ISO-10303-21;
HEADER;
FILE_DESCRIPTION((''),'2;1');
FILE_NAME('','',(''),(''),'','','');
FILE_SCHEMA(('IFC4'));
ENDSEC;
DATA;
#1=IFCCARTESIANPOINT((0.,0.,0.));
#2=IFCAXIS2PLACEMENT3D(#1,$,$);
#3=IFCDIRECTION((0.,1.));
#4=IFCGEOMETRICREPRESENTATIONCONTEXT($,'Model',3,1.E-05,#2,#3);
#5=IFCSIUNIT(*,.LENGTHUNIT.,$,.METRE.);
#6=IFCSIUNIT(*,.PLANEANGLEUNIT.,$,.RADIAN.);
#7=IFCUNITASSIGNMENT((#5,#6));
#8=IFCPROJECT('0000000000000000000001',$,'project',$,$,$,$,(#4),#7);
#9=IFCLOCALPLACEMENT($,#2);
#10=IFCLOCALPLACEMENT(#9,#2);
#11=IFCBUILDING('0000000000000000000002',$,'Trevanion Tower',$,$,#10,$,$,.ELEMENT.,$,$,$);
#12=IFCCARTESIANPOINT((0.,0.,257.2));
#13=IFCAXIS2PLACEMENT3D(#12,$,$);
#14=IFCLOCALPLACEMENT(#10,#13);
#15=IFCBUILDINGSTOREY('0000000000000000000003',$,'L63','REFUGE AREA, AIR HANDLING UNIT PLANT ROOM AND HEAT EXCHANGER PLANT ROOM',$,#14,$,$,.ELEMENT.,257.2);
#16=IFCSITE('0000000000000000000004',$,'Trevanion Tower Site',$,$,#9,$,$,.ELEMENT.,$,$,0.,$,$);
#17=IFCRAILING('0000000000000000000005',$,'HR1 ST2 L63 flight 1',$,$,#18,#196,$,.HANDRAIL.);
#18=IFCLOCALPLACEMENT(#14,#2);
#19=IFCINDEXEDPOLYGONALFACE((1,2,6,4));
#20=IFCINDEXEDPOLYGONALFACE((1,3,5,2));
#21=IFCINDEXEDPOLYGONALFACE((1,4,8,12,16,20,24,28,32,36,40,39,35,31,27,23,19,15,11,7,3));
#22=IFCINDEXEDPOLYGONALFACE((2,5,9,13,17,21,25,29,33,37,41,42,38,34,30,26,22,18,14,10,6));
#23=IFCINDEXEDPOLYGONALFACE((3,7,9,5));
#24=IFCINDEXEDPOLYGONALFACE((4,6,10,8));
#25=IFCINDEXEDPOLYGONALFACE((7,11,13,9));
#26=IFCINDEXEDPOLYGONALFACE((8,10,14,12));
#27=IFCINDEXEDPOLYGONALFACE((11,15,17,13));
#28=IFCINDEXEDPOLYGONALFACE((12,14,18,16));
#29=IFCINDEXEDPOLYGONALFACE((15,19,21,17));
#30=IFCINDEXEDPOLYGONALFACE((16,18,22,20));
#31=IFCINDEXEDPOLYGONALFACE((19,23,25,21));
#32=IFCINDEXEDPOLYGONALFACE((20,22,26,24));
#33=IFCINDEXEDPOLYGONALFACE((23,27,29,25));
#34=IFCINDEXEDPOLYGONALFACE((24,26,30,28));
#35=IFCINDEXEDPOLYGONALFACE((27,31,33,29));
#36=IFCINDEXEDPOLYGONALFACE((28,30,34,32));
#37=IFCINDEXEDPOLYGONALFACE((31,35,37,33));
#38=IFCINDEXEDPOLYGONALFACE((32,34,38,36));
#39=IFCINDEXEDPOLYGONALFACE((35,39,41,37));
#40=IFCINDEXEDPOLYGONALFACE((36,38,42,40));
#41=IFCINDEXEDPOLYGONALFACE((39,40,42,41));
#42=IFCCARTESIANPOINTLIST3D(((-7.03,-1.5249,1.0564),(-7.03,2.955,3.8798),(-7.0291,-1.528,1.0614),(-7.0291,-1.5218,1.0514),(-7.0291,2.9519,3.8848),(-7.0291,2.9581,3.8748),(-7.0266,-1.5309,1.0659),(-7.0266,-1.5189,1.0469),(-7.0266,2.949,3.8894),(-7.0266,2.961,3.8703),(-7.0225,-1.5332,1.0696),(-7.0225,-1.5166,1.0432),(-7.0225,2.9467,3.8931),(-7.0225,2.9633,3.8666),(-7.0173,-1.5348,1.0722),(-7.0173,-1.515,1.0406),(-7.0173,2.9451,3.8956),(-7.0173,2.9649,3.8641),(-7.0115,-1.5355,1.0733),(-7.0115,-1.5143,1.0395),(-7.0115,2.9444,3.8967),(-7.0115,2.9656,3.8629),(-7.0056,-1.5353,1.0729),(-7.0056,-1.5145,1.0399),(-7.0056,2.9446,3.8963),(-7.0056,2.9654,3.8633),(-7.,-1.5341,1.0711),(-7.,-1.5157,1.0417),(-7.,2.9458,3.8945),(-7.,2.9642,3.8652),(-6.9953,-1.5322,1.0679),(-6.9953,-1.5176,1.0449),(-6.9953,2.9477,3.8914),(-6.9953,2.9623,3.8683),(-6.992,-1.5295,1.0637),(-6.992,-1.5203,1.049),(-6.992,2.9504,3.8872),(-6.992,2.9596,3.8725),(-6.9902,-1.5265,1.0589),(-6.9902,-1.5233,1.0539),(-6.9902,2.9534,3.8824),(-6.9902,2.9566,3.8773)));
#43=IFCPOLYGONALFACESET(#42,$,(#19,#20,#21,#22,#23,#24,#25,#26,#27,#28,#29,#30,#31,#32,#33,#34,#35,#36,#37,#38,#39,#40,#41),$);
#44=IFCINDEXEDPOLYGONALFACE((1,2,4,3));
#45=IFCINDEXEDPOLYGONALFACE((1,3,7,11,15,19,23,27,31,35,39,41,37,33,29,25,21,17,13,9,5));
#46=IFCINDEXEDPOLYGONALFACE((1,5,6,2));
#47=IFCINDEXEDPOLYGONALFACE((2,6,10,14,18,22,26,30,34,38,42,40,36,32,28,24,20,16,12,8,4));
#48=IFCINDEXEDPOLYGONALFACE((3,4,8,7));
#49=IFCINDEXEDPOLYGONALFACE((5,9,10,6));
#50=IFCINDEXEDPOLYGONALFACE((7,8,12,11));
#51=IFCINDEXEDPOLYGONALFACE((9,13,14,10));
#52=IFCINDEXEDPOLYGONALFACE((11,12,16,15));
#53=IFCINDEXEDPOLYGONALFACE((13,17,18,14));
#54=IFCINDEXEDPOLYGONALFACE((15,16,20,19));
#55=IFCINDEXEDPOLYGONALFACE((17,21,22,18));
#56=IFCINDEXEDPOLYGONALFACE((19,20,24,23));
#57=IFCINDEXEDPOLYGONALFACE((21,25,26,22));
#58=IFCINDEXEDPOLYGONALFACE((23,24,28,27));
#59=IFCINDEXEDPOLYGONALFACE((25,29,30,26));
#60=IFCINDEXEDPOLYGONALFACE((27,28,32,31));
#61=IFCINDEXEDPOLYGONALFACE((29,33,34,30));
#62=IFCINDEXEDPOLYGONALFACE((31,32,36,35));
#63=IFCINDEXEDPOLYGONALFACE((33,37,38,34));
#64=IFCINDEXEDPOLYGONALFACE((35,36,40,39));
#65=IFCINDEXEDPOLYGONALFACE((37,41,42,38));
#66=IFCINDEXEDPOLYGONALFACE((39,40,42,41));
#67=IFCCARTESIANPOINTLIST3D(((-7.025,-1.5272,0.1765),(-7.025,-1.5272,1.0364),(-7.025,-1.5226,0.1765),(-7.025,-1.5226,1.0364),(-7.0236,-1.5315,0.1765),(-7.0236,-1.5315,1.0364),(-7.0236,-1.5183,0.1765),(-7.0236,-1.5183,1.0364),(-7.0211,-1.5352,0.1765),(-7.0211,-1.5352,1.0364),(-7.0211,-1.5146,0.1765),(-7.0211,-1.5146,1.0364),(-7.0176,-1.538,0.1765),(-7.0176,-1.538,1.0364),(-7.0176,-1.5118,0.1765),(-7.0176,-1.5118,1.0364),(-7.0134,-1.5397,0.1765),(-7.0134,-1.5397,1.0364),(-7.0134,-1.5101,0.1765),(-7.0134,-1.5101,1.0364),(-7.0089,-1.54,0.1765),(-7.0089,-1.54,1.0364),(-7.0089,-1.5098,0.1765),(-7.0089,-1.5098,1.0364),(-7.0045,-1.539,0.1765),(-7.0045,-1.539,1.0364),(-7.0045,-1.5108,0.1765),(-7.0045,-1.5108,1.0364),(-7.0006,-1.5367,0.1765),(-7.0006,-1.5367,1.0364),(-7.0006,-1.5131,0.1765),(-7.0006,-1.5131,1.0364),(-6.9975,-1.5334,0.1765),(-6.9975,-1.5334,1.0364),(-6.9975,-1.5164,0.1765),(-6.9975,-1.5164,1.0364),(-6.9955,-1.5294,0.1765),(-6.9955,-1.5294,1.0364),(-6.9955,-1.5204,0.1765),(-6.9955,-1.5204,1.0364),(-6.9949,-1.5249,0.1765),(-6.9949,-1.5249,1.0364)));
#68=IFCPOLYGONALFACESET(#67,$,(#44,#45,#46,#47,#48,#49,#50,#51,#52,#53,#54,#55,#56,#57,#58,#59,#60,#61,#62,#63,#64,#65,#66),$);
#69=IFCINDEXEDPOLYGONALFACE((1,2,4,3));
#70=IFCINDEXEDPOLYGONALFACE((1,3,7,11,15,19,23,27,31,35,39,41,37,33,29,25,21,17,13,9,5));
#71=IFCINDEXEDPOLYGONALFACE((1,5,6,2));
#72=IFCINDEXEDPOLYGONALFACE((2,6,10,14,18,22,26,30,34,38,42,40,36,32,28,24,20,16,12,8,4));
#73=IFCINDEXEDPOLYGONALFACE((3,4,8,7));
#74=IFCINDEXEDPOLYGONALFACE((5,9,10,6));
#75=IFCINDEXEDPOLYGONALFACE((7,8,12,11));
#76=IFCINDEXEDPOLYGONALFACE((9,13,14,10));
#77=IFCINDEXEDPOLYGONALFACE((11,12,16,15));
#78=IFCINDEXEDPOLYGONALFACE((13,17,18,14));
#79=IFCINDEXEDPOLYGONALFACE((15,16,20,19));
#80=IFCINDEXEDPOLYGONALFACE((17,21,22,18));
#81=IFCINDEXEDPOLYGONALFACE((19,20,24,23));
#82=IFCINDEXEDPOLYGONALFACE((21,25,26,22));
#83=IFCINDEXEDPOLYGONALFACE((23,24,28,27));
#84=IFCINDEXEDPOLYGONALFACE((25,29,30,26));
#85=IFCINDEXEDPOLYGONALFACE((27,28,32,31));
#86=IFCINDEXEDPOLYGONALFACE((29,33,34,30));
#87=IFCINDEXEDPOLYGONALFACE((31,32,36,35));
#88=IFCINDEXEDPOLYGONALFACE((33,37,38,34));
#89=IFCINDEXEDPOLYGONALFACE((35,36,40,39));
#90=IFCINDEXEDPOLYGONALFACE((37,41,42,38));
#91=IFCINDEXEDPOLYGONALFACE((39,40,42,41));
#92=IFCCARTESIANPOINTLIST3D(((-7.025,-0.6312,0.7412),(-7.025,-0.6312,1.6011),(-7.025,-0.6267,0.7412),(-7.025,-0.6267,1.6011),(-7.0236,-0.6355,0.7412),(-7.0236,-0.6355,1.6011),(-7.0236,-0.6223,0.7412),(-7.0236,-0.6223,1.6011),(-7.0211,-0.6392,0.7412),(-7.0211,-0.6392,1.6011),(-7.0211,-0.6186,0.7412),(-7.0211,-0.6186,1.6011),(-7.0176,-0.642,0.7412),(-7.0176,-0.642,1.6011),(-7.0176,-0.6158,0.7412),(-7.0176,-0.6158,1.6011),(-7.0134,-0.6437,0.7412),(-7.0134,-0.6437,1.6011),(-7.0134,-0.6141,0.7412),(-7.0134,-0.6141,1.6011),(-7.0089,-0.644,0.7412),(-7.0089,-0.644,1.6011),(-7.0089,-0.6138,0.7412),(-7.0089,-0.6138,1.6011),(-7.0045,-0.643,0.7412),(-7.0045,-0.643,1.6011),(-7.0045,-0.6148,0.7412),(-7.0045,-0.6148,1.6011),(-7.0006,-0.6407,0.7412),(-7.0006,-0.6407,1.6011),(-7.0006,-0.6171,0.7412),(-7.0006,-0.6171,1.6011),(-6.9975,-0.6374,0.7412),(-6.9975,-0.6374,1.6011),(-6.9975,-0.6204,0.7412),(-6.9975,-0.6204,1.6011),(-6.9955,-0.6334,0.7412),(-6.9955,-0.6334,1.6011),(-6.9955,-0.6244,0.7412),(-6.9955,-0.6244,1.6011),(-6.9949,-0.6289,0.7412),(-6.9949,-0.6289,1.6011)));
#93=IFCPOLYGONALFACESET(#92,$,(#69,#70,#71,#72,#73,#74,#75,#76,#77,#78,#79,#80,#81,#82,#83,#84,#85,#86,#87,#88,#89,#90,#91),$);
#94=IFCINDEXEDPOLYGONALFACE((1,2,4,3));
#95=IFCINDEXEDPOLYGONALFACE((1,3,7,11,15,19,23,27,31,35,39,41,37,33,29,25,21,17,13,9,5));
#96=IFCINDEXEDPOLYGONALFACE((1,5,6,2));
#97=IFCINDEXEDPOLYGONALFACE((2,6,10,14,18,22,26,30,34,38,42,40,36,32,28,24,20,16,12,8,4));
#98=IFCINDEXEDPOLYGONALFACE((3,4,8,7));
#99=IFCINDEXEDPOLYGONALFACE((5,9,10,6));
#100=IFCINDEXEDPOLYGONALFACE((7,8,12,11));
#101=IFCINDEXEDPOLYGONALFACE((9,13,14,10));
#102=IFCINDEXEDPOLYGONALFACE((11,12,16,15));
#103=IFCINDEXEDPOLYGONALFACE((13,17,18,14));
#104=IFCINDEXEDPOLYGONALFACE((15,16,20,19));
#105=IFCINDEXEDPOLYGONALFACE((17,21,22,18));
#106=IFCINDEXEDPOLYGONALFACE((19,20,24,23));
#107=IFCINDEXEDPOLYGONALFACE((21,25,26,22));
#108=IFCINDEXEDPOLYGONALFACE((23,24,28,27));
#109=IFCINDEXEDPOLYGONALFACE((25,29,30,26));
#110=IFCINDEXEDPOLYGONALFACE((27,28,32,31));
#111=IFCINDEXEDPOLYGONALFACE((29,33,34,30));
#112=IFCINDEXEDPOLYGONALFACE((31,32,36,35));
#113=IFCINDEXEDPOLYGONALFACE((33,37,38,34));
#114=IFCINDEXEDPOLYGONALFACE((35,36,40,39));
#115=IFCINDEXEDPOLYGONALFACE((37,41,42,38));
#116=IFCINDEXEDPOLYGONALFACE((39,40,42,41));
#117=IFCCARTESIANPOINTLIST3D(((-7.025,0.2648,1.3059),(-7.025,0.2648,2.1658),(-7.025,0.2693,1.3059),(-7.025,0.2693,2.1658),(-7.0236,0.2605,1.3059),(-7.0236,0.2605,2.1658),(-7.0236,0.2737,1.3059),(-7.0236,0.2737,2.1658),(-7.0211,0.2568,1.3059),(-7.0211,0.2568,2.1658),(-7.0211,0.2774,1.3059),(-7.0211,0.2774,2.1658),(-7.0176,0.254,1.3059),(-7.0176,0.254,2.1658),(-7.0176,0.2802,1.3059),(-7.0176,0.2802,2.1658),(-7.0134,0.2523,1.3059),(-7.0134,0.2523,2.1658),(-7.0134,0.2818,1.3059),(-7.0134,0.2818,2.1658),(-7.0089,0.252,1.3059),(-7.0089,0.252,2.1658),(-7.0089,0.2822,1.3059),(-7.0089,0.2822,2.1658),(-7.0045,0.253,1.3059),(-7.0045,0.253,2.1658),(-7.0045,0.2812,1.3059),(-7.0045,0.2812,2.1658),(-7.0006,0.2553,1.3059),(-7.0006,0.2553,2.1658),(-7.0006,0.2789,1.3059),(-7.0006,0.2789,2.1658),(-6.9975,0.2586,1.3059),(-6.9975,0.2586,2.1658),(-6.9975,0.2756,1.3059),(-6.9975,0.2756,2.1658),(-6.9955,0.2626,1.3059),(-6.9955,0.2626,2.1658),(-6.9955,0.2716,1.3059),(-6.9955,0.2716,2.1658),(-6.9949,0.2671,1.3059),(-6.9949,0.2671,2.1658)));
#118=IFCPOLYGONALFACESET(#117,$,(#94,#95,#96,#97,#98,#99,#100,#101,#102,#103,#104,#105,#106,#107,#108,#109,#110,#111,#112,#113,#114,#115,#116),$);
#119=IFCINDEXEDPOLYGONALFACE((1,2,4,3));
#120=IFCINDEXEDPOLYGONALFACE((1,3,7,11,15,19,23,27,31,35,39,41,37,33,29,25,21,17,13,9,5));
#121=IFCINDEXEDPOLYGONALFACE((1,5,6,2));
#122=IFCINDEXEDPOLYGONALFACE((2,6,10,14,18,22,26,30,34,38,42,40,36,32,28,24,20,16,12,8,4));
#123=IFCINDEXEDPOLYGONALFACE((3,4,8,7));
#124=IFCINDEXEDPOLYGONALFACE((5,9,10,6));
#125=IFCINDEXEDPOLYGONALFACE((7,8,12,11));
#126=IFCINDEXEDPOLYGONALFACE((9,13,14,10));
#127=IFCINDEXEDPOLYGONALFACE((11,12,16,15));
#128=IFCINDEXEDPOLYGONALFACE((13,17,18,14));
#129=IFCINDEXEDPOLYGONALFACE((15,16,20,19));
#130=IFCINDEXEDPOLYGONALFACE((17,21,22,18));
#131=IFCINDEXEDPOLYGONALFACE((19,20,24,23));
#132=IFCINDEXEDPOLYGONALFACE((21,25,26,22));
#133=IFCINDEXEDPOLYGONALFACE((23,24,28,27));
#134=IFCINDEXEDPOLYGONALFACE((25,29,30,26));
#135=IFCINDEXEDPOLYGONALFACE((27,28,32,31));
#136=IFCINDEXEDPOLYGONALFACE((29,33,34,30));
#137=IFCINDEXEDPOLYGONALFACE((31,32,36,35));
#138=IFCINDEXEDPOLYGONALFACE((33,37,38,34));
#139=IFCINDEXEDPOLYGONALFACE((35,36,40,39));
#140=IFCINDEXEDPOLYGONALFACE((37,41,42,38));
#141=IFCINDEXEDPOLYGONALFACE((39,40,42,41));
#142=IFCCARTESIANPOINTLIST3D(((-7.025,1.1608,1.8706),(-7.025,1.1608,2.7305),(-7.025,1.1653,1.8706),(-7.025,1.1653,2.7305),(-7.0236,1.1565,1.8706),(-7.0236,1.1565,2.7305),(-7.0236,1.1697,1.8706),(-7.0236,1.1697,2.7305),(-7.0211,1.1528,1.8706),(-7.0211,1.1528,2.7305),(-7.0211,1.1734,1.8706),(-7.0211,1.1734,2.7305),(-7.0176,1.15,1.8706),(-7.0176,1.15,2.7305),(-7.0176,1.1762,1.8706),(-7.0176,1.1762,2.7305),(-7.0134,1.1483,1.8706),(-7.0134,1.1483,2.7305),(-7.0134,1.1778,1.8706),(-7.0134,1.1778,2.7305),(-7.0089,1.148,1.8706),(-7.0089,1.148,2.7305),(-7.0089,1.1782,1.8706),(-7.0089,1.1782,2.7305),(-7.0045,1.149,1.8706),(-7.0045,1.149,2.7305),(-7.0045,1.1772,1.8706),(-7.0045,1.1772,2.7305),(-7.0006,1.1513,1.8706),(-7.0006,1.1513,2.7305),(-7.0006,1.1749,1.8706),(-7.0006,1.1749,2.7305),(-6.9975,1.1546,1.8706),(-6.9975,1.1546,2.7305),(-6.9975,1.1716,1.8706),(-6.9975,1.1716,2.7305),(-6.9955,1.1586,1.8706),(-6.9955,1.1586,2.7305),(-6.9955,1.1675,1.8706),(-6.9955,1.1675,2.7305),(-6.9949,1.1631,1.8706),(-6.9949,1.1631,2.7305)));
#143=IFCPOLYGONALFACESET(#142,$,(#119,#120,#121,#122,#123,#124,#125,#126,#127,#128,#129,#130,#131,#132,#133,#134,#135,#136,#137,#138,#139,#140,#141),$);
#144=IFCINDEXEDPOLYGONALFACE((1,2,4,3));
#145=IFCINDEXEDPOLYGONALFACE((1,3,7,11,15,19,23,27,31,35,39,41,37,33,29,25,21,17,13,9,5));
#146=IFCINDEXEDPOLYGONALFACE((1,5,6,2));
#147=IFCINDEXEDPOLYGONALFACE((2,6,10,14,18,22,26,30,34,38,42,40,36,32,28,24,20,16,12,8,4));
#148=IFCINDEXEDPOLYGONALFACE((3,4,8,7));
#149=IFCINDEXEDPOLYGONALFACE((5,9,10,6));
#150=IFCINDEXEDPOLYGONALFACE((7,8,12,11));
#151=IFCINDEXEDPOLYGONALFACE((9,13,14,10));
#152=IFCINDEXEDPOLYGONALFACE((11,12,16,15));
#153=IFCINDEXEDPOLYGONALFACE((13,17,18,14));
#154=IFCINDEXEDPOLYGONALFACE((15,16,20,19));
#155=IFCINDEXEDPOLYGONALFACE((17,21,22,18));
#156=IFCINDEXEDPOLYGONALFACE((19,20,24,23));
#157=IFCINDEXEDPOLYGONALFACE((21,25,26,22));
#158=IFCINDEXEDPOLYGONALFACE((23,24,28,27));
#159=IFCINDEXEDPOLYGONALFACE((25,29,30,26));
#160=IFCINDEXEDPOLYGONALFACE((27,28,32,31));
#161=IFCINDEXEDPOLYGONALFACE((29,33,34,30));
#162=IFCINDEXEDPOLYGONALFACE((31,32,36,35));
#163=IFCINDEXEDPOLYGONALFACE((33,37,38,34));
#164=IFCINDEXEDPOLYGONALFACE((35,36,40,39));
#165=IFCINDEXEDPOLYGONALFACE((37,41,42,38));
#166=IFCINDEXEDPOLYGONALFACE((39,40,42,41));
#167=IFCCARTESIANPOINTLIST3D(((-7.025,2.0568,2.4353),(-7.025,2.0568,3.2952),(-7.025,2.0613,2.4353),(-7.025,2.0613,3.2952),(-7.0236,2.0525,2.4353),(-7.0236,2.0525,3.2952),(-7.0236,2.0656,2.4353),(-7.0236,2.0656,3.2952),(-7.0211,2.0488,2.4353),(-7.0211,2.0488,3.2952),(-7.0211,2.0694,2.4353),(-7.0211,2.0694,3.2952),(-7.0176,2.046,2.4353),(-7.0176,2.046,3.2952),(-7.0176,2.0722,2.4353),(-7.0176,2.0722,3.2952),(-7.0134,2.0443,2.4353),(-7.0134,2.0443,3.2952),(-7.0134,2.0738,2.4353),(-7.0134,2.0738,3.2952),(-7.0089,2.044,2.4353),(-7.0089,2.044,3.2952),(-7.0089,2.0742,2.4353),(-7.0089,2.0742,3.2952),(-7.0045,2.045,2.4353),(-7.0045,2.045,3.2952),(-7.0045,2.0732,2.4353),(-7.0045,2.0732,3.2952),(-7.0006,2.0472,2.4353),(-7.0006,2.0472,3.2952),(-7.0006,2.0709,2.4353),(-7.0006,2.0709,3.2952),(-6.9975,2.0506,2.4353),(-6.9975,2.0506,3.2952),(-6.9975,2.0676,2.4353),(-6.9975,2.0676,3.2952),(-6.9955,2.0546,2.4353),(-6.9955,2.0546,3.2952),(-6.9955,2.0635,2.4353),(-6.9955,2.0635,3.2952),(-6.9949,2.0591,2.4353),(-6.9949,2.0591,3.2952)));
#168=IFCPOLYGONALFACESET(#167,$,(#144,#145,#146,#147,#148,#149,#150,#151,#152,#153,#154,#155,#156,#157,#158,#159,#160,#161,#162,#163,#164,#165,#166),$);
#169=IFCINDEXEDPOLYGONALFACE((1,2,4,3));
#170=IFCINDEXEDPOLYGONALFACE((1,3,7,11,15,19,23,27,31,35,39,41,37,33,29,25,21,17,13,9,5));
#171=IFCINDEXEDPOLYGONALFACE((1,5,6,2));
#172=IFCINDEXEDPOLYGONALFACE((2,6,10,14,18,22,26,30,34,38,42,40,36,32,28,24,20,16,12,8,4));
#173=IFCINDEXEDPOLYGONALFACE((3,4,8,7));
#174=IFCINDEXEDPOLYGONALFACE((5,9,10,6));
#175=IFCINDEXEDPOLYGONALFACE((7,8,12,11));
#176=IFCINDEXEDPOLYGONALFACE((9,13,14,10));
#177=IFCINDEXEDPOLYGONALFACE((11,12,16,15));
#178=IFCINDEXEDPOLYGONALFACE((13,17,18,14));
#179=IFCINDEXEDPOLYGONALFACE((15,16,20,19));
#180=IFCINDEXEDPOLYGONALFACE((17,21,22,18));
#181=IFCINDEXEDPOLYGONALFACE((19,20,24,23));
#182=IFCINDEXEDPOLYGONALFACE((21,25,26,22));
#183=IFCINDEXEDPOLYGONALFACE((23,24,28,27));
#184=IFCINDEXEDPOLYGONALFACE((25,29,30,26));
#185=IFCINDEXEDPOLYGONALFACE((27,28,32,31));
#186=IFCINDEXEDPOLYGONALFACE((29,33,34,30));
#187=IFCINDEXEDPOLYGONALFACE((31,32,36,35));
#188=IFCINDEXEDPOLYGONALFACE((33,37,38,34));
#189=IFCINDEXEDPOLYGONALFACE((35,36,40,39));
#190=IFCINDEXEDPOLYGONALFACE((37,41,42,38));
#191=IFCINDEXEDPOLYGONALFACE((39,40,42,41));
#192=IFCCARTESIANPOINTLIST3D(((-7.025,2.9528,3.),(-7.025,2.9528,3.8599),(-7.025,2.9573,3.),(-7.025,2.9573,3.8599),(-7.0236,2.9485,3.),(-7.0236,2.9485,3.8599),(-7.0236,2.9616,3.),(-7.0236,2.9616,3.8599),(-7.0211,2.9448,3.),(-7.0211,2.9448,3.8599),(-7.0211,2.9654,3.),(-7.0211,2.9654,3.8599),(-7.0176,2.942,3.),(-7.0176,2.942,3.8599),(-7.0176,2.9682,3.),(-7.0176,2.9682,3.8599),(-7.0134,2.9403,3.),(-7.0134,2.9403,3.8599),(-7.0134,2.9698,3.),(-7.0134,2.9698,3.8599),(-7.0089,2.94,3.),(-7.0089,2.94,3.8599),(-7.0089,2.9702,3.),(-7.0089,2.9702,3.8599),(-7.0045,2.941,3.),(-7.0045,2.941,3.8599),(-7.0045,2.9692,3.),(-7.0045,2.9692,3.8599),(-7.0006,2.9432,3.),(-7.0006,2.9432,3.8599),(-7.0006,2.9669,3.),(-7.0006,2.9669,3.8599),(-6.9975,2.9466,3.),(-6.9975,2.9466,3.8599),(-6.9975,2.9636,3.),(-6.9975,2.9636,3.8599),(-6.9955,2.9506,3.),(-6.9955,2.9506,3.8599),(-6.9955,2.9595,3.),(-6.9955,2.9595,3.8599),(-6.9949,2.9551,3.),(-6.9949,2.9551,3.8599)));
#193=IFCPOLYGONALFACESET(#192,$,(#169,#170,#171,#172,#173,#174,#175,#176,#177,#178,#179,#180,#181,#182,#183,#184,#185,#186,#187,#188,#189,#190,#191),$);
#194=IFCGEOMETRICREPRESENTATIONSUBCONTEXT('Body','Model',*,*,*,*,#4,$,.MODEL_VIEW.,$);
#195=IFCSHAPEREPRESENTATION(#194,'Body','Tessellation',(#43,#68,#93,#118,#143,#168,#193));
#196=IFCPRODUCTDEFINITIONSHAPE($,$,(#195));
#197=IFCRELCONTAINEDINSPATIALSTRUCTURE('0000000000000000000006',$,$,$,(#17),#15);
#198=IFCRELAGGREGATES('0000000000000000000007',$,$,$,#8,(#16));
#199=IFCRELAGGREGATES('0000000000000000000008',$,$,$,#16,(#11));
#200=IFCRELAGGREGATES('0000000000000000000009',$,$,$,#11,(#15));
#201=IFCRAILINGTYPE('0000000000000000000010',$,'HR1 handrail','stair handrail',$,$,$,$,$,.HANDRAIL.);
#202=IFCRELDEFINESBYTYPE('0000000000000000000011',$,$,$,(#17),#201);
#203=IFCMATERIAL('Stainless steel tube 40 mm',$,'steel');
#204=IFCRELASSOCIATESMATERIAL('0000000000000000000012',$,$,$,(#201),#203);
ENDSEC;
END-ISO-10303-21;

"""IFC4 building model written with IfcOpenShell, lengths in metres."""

from ifc_helpers import new_model, si_unit, direction, frame, origin, origin_2d, place, context, subcontext, project, spatial, circle, extrude, material, type_object, element, save


model = new_model("IFC4")

# Units and contexts
model_context = context("Model", 3, precision=1e-05, world=origin(), true_north=direction((0.0, 1.0)))
body_context = subcontext(model_context, "Body", "Model", "MODEL_VIEW")
ifc_project = project(units=[si_unit("LENGTHUNIT", "METRE"), si_unit("PLANEANGLEUNIT", "RADIAN")], contexts=[model_context])

# Site, building, storey
site_placement = place(None, origin())
site = spatial("IfcSite", under=ifc_project, at=site_placement, Name="Trevanion Tower Site", CompositionType="ELEMENT", RefElevation=0.0)
building_placement = place(site_placement, origin())
building = spatial("IfcBuilding", under=site, at=building_placement, Name="Trevanion Tower", CompositionType="ELEMENT")
storey_placement = place(building_placement, frame((0.0, 0.0, 257.2)))
storey = spatial("IfcBuildingStorey", under=building, at=storey_placement, Name="L63", Description="REFUGE AREA, AIR HANDLING UNIT PLANT ROOM AND HEAT EXCHANGER PLANT ROOM", CompositionType="ELEMENT", Elevation=257.2)

# Railing
ifc_material_1 = material(Name="Stainless steel tube 40 mm", Category="steel")
railing_type = type_object("IfcRailingType", Name="HR1 handrail", Description="stair handrail", PredefinedType="HANDRAIL", material=ifc_material_1)
for number, where, name in (
    (1, (-7.01, -1.5249, 0.1765), "HR1 ST2 L63 flight 1"),
):
    element("IfcRailing", number, at=place(storey_placement, frame(where)), inside=storey, type_object=railing_type, Name=name, PredefinedType="HANDRAIL", context=body_context, shape_type="SweptSolid", body=[
        extrude(circle(Radius=0.02, at=origin_2d()), frame((0.0, 0.0, 0.8799), z_axis=(0.0, 0.845998, 0.533186), x_axis=(-1.0, 0.0, 0.0)), (0.0, 0.0, 1.0), 5.2954),
        extrude(circle(Radius=0.0151, at=origin_2d()), origin(), (0.0, 0.0, 1.0), 0.8599),
        extrude(circle(Radius=0.0151, at=origin_2d()), frame((0.0, 0.896, 0.5647)), (0.0, 0.0, 1.0), 0.8599),
        extrude(circle(Radius=0.0151, at=origin_2d()), frame((0.0, 1.792, 1.1294)), (0.0, 0.0, 1.0), 0.8599),
        extrude(circle(Radius=0.0151, at=origin_2d()), frame((0.0, 2.688, 1.6941)), (0.0, 0.0, 1.0), 0.8599),
        extrude(circle(Radius=0.0151, at=origin_2d()), frame((0.0, 3.584, 2.2588)), (0.0, 0.0, 1.0), 0.8599),
        extrude(circle(Radius=0.0151, at=origin_2d()), frame((0.0, 4.48, 2.8235)), (0.0, 0.0, 1.0), 0.8599),
    ])

save(model, "model.ifc")
